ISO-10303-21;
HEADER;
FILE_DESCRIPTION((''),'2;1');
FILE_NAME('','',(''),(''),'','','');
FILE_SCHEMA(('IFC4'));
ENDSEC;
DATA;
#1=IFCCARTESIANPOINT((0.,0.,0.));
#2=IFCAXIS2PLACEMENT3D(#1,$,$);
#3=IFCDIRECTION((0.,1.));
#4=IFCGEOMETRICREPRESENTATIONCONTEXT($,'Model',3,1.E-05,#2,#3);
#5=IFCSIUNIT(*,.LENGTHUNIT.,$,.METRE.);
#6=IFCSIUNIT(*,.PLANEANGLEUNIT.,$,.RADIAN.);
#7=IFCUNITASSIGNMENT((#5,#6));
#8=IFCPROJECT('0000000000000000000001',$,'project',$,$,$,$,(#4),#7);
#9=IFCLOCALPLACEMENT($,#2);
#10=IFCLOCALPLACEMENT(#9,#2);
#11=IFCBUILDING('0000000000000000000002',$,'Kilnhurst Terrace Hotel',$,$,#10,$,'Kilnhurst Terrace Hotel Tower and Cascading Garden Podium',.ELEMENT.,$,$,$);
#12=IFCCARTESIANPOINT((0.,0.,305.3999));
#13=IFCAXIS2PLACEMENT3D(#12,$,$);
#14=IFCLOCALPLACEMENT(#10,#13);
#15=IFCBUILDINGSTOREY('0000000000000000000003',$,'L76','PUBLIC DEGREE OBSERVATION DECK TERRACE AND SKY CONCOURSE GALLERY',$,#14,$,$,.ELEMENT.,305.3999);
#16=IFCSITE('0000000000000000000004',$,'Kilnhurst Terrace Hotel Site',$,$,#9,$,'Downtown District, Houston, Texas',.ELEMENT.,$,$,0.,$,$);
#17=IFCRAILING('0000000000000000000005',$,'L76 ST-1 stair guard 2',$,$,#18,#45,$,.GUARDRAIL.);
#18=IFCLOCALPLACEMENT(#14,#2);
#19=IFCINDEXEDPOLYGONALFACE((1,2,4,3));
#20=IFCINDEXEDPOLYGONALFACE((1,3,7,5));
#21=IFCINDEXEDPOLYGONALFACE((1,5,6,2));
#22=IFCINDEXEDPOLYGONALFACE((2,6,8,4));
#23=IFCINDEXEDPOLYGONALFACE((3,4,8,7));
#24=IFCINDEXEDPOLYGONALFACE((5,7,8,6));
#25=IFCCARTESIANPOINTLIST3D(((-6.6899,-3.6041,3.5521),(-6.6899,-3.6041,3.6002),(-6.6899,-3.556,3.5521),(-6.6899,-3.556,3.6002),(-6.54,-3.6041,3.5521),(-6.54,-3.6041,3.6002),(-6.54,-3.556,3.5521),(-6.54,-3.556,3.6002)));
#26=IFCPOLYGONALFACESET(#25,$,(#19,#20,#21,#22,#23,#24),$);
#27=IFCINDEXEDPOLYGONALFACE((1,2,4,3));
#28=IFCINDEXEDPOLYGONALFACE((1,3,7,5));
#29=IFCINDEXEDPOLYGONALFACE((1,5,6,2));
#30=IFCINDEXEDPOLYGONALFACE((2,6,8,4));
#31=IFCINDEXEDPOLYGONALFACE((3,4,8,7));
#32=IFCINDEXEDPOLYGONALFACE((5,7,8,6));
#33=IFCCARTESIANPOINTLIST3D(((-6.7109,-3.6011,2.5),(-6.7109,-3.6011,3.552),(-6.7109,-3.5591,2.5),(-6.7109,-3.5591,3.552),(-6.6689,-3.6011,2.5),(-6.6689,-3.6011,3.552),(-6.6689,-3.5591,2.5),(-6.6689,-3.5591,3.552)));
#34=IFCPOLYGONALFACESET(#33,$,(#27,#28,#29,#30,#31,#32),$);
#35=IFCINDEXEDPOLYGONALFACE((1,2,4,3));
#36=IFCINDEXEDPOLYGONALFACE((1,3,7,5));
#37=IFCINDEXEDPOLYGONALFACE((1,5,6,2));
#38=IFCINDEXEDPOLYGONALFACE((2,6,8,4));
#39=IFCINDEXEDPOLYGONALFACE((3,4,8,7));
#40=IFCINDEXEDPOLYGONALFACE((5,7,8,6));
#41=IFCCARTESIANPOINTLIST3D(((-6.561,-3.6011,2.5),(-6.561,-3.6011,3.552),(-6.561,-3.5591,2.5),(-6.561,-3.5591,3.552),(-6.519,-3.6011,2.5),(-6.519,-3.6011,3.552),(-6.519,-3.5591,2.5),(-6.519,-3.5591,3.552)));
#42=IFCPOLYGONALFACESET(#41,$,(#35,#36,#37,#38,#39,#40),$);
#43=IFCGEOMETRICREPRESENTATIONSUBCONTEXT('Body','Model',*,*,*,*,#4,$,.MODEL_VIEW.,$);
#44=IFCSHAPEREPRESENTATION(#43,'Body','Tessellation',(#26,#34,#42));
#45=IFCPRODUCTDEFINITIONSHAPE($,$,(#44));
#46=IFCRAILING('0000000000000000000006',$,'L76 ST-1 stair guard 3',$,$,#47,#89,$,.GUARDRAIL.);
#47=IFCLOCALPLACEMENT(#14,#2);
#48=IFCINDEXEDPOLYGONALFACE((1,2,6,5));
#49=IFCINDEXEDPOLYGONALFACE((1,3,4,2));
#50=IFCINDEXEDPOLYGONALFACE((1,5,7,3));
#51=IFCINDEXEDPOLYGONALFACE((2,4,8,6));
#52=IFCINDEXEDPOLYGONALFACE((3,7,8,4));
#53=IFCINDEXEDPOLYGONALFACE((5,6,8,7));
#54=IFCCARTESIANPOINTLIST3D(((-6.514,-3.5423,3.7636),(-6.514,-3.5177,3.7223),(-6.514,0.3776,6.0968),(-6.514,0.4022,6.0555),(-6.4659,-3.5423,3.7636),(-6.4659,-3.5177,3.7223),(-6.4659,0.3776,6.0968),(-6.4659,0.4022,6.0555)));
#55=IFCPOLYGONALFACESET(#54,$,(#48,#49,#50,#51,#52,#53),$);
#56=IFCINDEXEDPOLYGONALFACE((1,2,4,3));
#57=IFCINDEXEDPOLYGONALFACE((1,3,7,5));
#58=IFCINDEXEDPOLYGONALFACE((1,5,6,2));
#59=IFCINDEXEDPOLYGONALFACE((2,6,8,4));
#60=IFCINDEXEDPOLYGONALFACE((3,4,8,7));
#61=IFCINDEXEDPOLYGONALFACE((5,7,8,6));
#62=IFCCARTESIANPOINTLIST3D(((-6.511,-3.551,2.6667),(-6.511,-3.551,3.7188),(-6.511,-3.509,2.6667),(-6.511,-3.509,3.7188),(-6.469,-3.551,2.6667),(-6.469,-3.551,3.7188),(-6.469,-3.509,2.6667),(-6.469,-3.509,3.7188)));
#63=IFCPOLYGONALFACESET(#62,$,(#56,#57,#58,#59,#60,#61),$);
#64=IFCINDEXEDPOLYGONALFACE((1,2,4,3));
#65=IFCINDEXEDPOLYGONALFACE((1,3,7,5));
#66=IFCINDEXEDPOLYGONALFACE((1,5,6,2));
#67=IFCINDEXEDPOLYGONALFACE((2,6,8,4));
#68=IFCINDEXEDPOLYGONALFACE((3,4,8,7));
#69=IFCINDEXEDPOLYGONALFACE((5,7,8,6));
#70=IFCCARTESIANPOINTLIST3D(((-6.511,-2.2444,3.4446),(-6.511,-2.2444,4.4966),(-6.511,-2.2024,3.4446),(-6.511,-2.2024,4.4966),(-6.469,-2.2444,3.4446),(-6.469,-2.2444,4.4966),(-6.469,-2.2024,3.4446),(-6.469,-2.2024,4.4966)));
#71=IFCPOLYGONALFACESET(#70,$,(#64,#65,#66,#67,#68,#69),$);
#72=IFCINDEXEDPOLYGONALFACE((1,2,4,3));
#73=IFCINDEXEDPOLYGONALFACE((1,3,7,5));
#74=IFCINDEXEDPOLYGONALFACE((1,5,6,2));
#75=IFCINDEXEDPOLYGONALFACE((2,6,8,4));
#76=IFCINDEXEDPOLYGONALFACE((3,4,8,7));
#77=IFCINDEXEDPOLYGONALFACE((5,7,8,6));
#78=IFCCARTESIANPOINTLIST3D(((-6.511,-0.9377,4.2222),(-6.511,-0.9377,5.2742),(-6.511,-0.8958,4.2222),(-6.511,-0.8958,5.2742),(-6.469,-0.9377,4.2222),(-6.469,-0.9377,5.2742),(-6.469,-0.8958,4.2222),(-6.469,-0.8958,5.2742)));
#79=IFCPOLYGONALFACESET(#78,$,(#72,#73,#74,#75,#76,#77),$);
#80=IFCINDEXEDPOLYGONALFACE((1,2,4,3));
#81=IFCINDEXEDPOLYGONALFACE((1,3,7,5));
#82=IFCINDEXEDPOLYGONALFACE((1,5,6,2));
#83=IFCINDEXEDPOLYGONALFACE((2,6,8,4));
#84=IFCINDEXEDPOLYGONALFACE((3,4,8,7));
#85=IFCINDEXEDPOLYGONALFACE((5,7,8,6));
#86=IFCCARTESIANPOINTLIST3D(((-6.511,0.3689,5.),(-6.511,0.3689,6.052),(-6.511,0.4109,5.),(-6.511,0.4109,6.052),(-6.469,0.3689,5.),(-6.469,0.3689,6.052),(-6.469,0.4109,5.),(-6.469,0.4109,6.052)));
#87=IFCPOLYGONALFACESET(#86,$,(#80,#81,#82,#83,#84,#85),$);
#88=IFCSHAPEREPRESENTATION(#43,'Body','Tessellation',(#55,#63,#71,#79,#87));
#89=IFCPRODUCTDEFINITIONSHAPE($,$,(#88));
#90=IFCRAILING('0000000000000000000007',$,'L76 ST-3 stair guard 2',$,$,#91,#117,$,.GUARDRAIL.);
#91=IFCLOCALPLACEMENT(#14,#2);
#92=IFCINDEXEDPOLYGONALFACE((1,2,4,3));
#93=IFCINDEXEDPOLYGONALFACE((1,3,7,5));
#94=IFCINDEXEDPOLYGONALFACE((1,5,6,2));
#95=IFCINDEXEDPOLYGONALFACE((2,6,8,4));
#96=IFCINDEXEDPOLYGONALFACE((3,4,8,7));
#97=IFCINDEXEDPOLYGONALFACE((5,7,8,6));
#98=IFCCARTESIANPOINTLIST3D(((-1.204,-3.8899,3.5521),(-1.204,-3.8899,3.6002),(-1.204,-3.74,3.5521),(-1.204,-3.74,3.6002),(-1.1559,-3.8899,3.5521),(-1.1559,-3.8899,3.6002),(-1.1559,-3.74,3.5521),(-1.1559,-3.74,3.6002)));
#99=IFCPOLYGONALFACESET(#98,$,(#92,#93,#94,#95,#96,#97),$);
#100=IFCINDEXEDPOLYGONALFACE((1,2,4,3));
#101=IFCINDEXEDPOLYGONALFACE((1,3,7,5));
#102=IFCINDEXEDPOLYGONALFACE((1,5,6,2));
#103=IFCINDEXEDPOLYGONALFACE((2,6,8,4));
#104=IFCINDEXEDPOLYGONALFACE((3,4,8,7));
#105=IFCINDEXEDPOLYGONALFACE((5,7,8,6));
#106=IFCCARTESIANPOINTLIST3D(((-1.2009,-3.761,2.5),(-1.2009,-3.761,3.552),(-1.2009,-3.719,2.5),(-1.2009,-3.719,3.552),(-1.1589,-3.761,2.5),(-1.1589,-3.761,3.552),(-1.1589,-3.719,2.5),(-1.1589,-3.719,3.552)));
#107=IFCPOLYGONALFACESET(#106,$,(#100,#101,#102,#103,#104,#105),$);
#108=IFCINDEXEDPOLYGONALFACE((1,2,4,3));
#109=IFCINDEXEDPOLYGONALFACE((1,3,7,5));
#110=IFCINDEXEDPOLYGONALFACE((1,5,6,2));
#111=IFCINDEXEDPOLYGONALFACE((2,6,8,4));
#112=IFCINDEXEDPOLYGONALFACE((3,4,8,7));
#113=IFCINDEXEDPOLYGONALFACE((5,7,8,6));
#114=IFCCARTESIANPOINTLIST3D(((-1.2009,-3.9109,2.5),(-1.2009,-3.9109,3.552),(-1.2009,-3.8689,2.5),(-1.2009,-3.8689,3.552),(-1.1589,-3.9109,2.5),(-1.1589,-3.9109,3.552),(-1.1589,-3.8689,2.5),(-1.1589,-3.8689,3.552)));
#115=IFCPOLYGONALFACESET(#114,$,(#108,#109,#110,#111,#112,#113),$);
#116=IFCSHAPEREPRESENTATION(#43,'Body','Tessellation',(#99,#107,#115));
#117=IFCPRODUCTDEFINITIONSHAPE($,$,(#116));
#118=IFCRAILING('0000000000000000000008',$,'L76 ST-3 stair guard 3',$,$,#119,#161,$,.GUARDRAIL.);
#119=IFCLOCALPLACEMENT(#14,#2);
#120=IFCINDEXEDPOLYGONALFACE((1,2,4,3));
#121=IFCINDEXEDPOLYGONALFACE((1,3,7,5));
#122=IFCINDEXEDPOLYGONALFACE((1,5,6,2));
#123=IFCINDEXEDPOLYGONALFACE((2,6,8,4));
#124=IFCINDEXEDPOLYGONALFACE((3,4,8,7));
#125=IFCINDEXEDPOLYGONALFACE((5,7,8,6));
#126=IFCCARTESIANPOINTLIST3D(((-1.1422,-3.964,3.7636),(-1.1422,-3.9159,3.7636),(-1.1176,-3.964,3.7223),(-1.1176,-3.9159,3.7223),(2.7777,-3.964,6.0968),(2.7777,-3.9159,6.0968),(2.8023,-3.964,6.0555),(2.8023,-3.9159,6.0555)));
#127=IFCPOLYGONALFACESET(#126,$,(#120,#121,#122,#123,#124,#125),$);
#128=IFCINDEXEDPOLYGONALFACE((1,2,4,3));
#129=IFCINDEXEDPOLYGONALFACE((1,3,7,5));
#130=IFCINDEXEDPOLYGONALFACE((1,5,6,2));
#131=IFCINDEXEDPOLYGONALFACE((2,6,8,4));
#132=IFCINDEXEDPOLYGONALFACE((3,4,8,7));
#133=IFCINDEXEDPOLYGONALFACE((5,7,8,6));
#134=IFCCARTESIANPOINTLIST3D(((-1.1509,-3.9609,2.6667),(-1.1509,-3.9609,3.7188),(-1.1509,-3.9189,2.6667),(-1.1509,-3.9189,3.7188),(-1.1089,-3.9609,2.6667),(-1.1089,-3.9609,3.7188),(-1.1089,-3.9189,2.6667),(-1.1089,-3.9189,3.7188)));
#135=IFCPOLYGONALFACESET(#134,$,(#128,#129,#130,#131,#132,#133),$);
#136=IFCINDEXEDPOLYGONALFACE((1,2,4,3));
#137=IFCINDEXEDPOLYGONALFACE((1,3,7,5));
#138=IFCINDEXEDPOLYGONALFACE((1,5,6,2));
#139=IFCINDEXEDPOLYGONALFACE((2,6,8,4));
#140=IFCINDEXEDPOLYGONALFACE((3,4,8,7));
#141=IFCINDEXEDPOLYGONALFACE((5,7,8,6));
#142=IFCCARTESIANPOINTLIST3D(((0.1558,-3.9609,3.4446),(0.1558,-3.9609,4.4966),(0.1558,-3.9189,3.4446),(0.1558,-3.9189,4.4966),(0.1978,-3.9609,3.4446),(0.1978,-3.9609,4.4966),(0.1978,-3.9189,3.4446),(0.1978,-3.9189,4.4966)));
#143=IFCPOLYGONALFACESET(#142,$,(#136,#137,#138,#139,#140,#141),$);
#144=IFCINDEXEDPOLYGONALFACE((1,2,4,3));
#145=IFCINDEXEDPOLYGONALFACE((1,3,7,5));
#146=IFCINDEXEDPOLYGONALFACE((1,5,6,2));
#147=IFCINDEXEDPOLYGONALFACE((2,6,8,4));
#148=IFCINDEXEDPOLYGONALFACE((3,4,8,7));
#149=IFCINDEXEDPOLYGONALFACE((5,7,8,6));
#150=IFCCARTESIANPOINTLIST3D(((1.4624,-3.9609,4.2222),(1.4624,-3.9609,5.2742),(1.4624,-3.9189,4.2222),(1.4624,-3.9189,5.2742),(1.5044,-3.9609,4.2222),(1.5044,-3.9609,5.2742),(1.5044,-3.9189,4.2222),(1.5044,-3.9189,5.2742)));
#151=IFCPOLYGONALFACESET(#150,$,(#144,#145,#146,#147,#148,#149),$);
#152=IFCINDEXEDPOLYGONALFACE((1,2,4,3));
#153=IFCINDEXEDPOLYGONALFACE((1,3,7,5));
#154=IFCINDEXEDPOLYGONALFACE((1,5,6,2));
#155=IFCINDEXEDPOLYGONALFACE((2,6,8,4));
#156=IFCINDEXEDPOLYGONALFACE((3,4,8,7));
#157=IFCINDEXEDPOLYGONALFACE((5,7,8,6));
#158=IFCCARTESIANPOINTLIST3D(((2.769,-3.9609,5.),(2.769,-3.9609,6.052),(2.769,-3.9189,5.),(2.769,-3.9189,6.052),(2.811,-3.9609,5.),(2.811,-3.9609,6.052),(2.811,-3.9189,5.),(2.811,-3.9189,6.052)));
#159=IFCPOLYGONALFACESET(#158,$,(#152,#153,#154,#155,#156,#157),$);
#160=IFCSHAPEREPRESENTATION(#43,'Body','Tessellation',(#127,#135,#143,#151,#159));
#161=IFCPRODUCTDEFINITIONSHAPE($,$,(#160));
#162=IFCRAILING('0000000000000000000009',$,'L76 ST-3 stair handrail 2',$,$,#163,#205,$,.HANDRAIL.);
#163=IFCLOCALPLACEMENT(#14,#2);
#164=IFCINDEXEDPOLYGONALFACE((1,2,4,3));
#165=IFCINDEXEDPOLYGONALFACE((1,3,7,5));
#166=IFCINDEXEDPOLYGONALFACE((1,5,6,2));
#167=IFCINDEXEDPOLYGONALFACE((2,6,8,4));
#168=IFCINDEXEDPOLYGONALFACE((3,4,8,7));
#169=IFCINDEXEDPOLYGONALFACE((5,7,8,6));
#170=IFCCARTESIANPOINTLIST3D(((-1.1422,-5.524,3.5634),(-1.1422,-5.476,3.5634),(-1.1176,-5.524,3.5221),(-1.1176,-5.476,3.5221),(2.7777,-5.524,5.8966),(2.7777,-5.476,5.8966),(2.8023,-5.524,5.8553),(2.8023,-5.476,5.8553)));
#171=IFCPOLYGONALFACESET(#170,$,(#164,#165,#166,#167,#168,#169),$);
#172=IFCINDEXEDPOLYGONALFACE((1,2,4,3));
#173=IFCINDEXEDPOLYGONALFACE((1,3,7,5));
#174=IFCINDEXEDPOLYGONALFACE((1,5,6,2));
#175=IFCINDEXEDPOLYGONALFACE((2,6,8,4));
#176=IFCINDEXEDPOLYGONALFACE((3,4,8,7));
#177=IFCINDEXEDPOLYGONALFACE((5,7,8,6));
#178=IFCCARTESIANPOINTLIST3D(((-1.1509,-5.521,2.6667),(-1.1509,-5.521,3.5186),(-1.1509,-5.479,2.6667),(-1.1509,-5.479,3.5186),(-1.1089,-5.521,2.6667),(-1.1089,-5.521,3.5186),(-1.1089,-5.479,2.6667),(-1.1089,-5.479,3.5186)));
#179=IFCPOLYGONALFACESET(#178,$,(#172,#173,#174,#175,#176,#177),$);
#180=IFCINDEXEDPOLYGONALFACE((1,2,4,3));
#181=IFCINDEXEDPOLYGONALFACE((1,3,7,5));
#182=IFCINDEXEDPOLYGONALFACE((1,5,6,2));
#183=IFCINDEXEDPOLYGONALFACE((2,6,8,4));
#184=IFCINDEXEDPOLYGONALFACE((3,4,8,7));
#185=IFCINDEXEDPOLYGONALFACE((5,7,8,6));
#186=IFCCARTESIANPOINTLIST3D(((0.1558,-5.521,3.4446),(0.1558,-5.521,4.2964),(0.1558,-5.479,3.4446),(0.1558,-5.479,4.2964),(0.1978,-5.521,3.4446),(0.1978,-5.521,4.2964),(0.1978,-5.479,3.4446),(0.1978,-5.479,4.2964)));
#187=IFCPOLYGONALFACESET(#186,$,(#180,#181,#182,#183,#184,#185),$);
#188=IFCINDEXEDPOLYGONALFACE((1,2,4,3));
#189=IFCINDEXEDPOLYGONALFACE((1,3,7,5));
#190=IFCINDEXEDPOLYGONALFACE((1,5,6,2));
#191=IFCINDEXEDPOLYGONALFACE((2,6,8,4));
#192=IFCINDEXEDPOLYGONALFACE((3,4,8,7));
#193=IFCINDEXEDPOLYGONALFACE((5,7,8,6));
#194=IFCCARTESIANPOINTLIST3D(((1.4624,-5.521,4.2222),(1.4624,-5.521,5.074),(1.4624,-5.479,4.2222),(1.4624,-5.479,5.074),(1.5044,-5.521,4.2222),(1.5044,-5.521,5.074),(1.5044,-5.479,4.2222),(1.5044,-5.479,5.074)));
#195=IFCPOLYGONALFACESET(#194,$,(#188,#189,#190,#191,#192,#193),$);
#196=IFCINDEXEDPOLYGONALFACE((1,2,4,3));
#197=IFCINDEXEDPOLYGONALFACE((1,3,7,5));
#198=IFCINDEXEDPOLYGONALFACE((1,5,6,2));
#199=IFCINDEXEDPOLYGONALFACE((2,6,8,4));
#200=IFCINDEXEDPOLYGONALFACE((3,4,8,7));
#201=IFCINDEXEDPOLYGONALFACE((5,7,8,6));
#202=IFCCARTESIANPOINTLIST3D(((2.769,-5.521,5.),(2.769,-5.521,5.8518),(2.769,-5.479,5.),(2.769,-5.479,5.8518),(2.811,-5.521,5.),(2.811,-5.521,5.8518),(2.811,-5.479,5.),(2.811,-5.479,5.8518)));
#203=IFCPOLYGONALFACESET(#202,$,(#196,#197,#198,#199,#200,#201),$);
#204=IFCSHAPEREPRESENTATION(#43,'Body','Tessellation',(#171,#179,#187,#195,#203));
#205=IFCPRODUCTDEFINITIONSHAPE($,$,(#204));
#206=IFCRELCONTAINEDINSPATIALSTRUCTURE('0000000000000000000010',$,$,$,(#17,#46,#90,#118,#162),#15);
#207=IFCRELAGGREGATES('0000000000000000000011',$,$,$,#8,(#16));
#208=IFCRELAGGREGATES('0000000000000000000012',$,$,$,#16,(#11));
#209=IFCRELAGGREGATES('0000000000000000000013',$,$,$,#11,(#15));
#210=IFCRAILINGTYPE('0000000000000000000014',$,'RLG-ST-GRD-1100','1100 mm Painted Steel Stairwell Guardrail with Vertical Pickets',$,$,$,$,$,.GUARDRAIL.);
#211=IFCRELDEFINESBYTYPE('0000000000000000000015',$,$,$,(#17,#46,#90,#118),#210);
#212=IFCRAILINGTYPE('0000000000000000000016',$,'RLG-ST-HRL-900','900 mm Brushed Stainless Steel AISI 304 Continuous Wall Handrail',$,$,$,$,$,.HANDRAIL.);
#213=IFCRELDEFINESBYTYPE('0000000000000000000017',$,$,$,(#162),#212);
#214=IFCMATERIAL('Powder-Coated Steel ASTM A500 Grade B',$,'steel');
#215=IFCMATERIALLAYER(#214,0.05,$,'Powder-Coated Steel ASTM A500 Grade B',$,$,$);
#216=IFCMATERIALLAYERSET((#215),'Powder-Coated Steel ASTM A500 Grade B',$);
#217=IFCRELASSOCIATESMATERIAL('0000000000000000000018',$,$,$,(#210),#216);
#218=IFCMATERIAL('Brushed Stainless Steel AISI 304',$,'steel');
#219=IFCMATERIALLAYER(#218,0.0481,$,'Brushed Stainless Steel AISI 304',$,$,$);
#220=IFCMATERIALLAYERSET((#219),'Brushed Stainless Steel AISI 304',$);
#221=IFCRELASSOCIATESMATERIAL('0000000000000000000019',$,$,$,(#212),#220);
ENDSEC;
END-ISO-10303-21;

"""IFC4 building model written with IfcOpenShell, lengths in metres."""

from ifc_helpers import new_model, si_unit, direction, frame, origin, origin_2d, place, context, subcontext, project, spatial, rectangle, extrude, material, layer, layer_set, type_object, element, save


model = new_model("IFC4")

# Units and contexts
model_context = context("Model", 3, precision=1e-05, world=origin(), true_north=direction((0.0, 1.0)))
body_context = subcontext(model_context, "Body", "Model", "MODEL_VIEW")
ifc_project = project(units=[si_unit("LENGTHUNIT", "METRE"), si_unit("PLANEANGLEUNIT", "RADIAN")], contexts=[model_context])

# Site, building, storey
site_placement = place(None, origin())
site = spatial("IfcSite", under=ifc_project, at=site_placement, Name="Kilnhurst Terrace Hotel Site", LongName="Downtown District, Houston, Texas", CompositionType="ELEMENT", RefElevation=0.0)
building_placement = place(site_placement, origin())
building = spatial("IfcBuilding", under=site, at=building_placement, Name="Kilnhurst Terrace Hotel", LongName="Kilnhurst Terrace Hotel Tower and Cascading Garden Podium", CompositionType="ELEMENT")
storey_placement = place(building_placement, frame((0.0, 0.0, 305.3999)))
storey = spatial("IfcBuildingStorey", under=building, at=storey_placement, Name="L76", Description="PUBLIC DEGREE OBSERVATION DECK TERRACE AND SKY CONCOURSE GALLERY", CompositionType="ELEMENT", Elevation=305.3999)

# Railings
ifc_material_1 = material(Name="Powder-Coated Steel ASTM A500 Grade B", Category="steel")
ifc_layer_1 = layer(ifc_material_1, 0.05, Name="Powder-Coated Steel ASTM A500 Grade B")
ifc_layer_set_1 = layer_set([ifc_layer_1], Name="Powder-Coated Steel ASTM A500 Grade B")
railing_type_1 = type_object("IfcRailingType", Name="RLG-ST-GRD-1100", Description="1100 mm Painted Steel Stairwell Guardrail with Vertical Pickets", PredefinedType="GUARDRAIL", material=ifc_layer_set_1)
railing_1_placement = place(storey_placement, frame((-6.6899, -3.5801, 2.5)))
element("IfcRailing", 1, at=railing_1_placement, inside=storey, type_object=railing_type_1, Name="L76 ST-1 stair guard 2", PredefinedType="GUARDRAIL", context=body_context, shape_type="SweptSolid", body=[
    extrude(rectangle(XDim=0.0481, YDim=0.0481, at=origin_2d()), frame((0.0, 0.0, 1.0762), z_axis=(1.0, 0.0, 0.0), x_axis=(0.0, 1.0, 0.0)), (0.0, 0.0, 1.0), 0.1499),
    extrude(rectangle(XDim=0.042, YDim=0.042, at=origin_2d()), origin(), (0.0, 0.0, 1.0), 1.052),
    extrude(rectangle(XDim=0.042, YDim=0.042, at=origin_2d()), frame((0.1499, 0.0, 0.0)), (0.0, 0.0, 1.0), 1.052),
])
railing_2_placement = place(storey_placement, frame((-6.49, -3.53, 2.6667)))
element("IfcRailing", 2, at=railing_2_placement, inside=storey, type_object=railing_type_1, Name="L76 ST-1 stair guard 3", PredefinedType="GUARDRAIL", context=body_context, shape_type="SweptSolid", body=[
    extrude(rectangle(XDim=0.0481, YDim=0.0481, at=origin_2d()), frame((0.0, 0.0, 1.0762), z_axis=(0.0, 0.859296, 0.511478), x_axis=(-1.0, 0.0, 0.0)), (0.0, 0.0, 1.0), 4.5618),
    extrude(rectangle(XDim=0.042, YDim=0.042, at=origin_2d()), origin(), (0.0, 0.0, 1.0), 1.052),
    extrude(rectangle(XDim=0.042, YDim=0.042, at=origin_2d()), frame((0.0, 1.3066, 0.7778)), (0.0, 0.0, 1.0), 1.052),
    extrude(rectangle(XDim=0.042, YDim=0.042, at=origin_2d()), frame((0.0, 2.6133, 1.5554)), (0.0, 0.0, 1.0), 1.052),
    extrude(rectangle(XDim=0.042, YDim=0.042, at=origin_2d()), frame((0.0, 3.9199, 2.3333)), (0.0, 0.0, 1.0), 1.052),
])
railing_3_placement = place(storey_placement, frame((-1.1799, -3.74, 2.5)))
element("IfcRailing", 3, at=railing_3_placement, inside=storey, type_object=railing_type_1, Name="L76 ST-3 stair guard 2", PredefinedType="GUARDRAIL", context=body_context, shape_type="SweptSolid", body=[
    extrude(rectangle(XDim=0.0481, YDim=0.0481, at=origin_2d()), frame((0.0, 0.0, 1.0762), z_axis=(0.0, -1.0, 0.0), x_axis=(1.0, 0.0, 0.0)), (0.0, 0.0, 1.0), 0.1499),
    extrude(rectangle(XDim=0.042, YDim=0.042, at=origin_2d()), origin(), (0.0, 0.0, 1.0), 1.052),
    extrude(rectangle(XDim=0.042, YDim=0.042, at=origin_2d()), frame((0.0, -0.1499, 0.0)), (0.0, 0.0, 1.0), 1.052),
])
railing_4_placement = place(storey_placement, frame((-1.1299, -3.9399, 2.6667)))
element("IfcRailing", 4, at=railing_4_placement, inside=storey, type_object=railing_type_1, Name="L76 ST-3 stair guard 3", PredefinedType="GUARDRAIL", context=body_context, shape_type="SweptSolid", body=[
    extrude(rectangle(XDim=0.0481, YDim=0.0481, at=origin_2d()), frame((0.0, 0.0, 1.0762), z_axis=(0.859296, 0.0, 0.511478), x_axis=(0.0, 1.0, 0.0)), (0.0, 0.0, 1.0), 4.5618),
    extrude(rectangle(XDim=0.042, YDim=0.042, at=origin_2d()), origin(), (0.0, 0.0, 1.0), 1.052),
    extrude(rectangle(XDim=0.042, YDim=0.042, at=origin_2d()), frame((1.3066, 0.0, 0.7778)), (0.0, 0.0, 1.0), 1.052),
    extrude(rectangle(XDim=0.042, YDim=0.042, at=origin_2d()), frame((2.6133, 0.0, 1.5554)), (0.0, 0.0, 1.0), 1.052),
    extrude(rectangle(XDim=0.042, YDim=0.042, at=origin_2d()), frame((3.9199, 0.0, 2.3333)), (0.0, 0.0, 1.0), 1.052),
])
ifc_material_2 = material(Name="Brushed Stainless Steel AISI 304", Category="steel")
ifc_layer_2 = layer(ifc_material_2, 0.0481, Name="Brushed Stainless Steel AISI 304")
ifc_layer_set_2 = layer_set([ifc_layer_2], Name="Brushed Stainless Steel AISI 304")
railing_type_2 = type_object("IfcRailingType", Name="RLG-ST-HRL-900", Description="900 mm Brushed Stainless Steel AISI 304 Continuous Wall Handrail", PredefinedType="HANDRAIL", material=ifc_layer_set_2)
railing_5_placement = place(storey_placement, frame((-1.1299, -5.5, 2.6667)))
element("IfcRailing", 5, at=railing_5_placement, inside=storey, type_object=railing_type_2, Name="L76 ST-3 stair handrail 2", PredefinedType="HANDRAIL", context=body_context, shape_type="SweptSolid", body=[
    extrude(rectangle(XDim=0.0481, YDim=0.0481, at=origin_2d()), frame((0.0, 0.0, 0.876), z_axis=(0.859296, 0.0, 0.511478), x_axis=(0.0, 1.0, 0.0)), (0.0, 0.0, 1.0), 4.5618),
    extrude(rectangle(XDim=0.042, YDim=0.042, at=origin_2d()), origin(), (0.0, 0.0, 1.0), 0.8518),
    extrude(rectangle(XDim=0.042, YDim=0.042, at=origin_2d()), frame((1.3066, 0.0, 0.7778)), (0.0, 0.0, 1.0), 0.8518),
    extrude(rectangle(XDim=0.042, YDim=0.042, at=origin_2d()), frame((2.6133, 0.0, 1.5554)), (0.0, 0.0, 1.0), 0.8518),
    extrude(rectangle(XDim=0.042, YDim=0.042, at=origin_2d()), frame((3.9199, 0.0, 2.3333)), (0.0, 0.0, 1.0), 0.8518),
])

save(model, "model.ifc")
